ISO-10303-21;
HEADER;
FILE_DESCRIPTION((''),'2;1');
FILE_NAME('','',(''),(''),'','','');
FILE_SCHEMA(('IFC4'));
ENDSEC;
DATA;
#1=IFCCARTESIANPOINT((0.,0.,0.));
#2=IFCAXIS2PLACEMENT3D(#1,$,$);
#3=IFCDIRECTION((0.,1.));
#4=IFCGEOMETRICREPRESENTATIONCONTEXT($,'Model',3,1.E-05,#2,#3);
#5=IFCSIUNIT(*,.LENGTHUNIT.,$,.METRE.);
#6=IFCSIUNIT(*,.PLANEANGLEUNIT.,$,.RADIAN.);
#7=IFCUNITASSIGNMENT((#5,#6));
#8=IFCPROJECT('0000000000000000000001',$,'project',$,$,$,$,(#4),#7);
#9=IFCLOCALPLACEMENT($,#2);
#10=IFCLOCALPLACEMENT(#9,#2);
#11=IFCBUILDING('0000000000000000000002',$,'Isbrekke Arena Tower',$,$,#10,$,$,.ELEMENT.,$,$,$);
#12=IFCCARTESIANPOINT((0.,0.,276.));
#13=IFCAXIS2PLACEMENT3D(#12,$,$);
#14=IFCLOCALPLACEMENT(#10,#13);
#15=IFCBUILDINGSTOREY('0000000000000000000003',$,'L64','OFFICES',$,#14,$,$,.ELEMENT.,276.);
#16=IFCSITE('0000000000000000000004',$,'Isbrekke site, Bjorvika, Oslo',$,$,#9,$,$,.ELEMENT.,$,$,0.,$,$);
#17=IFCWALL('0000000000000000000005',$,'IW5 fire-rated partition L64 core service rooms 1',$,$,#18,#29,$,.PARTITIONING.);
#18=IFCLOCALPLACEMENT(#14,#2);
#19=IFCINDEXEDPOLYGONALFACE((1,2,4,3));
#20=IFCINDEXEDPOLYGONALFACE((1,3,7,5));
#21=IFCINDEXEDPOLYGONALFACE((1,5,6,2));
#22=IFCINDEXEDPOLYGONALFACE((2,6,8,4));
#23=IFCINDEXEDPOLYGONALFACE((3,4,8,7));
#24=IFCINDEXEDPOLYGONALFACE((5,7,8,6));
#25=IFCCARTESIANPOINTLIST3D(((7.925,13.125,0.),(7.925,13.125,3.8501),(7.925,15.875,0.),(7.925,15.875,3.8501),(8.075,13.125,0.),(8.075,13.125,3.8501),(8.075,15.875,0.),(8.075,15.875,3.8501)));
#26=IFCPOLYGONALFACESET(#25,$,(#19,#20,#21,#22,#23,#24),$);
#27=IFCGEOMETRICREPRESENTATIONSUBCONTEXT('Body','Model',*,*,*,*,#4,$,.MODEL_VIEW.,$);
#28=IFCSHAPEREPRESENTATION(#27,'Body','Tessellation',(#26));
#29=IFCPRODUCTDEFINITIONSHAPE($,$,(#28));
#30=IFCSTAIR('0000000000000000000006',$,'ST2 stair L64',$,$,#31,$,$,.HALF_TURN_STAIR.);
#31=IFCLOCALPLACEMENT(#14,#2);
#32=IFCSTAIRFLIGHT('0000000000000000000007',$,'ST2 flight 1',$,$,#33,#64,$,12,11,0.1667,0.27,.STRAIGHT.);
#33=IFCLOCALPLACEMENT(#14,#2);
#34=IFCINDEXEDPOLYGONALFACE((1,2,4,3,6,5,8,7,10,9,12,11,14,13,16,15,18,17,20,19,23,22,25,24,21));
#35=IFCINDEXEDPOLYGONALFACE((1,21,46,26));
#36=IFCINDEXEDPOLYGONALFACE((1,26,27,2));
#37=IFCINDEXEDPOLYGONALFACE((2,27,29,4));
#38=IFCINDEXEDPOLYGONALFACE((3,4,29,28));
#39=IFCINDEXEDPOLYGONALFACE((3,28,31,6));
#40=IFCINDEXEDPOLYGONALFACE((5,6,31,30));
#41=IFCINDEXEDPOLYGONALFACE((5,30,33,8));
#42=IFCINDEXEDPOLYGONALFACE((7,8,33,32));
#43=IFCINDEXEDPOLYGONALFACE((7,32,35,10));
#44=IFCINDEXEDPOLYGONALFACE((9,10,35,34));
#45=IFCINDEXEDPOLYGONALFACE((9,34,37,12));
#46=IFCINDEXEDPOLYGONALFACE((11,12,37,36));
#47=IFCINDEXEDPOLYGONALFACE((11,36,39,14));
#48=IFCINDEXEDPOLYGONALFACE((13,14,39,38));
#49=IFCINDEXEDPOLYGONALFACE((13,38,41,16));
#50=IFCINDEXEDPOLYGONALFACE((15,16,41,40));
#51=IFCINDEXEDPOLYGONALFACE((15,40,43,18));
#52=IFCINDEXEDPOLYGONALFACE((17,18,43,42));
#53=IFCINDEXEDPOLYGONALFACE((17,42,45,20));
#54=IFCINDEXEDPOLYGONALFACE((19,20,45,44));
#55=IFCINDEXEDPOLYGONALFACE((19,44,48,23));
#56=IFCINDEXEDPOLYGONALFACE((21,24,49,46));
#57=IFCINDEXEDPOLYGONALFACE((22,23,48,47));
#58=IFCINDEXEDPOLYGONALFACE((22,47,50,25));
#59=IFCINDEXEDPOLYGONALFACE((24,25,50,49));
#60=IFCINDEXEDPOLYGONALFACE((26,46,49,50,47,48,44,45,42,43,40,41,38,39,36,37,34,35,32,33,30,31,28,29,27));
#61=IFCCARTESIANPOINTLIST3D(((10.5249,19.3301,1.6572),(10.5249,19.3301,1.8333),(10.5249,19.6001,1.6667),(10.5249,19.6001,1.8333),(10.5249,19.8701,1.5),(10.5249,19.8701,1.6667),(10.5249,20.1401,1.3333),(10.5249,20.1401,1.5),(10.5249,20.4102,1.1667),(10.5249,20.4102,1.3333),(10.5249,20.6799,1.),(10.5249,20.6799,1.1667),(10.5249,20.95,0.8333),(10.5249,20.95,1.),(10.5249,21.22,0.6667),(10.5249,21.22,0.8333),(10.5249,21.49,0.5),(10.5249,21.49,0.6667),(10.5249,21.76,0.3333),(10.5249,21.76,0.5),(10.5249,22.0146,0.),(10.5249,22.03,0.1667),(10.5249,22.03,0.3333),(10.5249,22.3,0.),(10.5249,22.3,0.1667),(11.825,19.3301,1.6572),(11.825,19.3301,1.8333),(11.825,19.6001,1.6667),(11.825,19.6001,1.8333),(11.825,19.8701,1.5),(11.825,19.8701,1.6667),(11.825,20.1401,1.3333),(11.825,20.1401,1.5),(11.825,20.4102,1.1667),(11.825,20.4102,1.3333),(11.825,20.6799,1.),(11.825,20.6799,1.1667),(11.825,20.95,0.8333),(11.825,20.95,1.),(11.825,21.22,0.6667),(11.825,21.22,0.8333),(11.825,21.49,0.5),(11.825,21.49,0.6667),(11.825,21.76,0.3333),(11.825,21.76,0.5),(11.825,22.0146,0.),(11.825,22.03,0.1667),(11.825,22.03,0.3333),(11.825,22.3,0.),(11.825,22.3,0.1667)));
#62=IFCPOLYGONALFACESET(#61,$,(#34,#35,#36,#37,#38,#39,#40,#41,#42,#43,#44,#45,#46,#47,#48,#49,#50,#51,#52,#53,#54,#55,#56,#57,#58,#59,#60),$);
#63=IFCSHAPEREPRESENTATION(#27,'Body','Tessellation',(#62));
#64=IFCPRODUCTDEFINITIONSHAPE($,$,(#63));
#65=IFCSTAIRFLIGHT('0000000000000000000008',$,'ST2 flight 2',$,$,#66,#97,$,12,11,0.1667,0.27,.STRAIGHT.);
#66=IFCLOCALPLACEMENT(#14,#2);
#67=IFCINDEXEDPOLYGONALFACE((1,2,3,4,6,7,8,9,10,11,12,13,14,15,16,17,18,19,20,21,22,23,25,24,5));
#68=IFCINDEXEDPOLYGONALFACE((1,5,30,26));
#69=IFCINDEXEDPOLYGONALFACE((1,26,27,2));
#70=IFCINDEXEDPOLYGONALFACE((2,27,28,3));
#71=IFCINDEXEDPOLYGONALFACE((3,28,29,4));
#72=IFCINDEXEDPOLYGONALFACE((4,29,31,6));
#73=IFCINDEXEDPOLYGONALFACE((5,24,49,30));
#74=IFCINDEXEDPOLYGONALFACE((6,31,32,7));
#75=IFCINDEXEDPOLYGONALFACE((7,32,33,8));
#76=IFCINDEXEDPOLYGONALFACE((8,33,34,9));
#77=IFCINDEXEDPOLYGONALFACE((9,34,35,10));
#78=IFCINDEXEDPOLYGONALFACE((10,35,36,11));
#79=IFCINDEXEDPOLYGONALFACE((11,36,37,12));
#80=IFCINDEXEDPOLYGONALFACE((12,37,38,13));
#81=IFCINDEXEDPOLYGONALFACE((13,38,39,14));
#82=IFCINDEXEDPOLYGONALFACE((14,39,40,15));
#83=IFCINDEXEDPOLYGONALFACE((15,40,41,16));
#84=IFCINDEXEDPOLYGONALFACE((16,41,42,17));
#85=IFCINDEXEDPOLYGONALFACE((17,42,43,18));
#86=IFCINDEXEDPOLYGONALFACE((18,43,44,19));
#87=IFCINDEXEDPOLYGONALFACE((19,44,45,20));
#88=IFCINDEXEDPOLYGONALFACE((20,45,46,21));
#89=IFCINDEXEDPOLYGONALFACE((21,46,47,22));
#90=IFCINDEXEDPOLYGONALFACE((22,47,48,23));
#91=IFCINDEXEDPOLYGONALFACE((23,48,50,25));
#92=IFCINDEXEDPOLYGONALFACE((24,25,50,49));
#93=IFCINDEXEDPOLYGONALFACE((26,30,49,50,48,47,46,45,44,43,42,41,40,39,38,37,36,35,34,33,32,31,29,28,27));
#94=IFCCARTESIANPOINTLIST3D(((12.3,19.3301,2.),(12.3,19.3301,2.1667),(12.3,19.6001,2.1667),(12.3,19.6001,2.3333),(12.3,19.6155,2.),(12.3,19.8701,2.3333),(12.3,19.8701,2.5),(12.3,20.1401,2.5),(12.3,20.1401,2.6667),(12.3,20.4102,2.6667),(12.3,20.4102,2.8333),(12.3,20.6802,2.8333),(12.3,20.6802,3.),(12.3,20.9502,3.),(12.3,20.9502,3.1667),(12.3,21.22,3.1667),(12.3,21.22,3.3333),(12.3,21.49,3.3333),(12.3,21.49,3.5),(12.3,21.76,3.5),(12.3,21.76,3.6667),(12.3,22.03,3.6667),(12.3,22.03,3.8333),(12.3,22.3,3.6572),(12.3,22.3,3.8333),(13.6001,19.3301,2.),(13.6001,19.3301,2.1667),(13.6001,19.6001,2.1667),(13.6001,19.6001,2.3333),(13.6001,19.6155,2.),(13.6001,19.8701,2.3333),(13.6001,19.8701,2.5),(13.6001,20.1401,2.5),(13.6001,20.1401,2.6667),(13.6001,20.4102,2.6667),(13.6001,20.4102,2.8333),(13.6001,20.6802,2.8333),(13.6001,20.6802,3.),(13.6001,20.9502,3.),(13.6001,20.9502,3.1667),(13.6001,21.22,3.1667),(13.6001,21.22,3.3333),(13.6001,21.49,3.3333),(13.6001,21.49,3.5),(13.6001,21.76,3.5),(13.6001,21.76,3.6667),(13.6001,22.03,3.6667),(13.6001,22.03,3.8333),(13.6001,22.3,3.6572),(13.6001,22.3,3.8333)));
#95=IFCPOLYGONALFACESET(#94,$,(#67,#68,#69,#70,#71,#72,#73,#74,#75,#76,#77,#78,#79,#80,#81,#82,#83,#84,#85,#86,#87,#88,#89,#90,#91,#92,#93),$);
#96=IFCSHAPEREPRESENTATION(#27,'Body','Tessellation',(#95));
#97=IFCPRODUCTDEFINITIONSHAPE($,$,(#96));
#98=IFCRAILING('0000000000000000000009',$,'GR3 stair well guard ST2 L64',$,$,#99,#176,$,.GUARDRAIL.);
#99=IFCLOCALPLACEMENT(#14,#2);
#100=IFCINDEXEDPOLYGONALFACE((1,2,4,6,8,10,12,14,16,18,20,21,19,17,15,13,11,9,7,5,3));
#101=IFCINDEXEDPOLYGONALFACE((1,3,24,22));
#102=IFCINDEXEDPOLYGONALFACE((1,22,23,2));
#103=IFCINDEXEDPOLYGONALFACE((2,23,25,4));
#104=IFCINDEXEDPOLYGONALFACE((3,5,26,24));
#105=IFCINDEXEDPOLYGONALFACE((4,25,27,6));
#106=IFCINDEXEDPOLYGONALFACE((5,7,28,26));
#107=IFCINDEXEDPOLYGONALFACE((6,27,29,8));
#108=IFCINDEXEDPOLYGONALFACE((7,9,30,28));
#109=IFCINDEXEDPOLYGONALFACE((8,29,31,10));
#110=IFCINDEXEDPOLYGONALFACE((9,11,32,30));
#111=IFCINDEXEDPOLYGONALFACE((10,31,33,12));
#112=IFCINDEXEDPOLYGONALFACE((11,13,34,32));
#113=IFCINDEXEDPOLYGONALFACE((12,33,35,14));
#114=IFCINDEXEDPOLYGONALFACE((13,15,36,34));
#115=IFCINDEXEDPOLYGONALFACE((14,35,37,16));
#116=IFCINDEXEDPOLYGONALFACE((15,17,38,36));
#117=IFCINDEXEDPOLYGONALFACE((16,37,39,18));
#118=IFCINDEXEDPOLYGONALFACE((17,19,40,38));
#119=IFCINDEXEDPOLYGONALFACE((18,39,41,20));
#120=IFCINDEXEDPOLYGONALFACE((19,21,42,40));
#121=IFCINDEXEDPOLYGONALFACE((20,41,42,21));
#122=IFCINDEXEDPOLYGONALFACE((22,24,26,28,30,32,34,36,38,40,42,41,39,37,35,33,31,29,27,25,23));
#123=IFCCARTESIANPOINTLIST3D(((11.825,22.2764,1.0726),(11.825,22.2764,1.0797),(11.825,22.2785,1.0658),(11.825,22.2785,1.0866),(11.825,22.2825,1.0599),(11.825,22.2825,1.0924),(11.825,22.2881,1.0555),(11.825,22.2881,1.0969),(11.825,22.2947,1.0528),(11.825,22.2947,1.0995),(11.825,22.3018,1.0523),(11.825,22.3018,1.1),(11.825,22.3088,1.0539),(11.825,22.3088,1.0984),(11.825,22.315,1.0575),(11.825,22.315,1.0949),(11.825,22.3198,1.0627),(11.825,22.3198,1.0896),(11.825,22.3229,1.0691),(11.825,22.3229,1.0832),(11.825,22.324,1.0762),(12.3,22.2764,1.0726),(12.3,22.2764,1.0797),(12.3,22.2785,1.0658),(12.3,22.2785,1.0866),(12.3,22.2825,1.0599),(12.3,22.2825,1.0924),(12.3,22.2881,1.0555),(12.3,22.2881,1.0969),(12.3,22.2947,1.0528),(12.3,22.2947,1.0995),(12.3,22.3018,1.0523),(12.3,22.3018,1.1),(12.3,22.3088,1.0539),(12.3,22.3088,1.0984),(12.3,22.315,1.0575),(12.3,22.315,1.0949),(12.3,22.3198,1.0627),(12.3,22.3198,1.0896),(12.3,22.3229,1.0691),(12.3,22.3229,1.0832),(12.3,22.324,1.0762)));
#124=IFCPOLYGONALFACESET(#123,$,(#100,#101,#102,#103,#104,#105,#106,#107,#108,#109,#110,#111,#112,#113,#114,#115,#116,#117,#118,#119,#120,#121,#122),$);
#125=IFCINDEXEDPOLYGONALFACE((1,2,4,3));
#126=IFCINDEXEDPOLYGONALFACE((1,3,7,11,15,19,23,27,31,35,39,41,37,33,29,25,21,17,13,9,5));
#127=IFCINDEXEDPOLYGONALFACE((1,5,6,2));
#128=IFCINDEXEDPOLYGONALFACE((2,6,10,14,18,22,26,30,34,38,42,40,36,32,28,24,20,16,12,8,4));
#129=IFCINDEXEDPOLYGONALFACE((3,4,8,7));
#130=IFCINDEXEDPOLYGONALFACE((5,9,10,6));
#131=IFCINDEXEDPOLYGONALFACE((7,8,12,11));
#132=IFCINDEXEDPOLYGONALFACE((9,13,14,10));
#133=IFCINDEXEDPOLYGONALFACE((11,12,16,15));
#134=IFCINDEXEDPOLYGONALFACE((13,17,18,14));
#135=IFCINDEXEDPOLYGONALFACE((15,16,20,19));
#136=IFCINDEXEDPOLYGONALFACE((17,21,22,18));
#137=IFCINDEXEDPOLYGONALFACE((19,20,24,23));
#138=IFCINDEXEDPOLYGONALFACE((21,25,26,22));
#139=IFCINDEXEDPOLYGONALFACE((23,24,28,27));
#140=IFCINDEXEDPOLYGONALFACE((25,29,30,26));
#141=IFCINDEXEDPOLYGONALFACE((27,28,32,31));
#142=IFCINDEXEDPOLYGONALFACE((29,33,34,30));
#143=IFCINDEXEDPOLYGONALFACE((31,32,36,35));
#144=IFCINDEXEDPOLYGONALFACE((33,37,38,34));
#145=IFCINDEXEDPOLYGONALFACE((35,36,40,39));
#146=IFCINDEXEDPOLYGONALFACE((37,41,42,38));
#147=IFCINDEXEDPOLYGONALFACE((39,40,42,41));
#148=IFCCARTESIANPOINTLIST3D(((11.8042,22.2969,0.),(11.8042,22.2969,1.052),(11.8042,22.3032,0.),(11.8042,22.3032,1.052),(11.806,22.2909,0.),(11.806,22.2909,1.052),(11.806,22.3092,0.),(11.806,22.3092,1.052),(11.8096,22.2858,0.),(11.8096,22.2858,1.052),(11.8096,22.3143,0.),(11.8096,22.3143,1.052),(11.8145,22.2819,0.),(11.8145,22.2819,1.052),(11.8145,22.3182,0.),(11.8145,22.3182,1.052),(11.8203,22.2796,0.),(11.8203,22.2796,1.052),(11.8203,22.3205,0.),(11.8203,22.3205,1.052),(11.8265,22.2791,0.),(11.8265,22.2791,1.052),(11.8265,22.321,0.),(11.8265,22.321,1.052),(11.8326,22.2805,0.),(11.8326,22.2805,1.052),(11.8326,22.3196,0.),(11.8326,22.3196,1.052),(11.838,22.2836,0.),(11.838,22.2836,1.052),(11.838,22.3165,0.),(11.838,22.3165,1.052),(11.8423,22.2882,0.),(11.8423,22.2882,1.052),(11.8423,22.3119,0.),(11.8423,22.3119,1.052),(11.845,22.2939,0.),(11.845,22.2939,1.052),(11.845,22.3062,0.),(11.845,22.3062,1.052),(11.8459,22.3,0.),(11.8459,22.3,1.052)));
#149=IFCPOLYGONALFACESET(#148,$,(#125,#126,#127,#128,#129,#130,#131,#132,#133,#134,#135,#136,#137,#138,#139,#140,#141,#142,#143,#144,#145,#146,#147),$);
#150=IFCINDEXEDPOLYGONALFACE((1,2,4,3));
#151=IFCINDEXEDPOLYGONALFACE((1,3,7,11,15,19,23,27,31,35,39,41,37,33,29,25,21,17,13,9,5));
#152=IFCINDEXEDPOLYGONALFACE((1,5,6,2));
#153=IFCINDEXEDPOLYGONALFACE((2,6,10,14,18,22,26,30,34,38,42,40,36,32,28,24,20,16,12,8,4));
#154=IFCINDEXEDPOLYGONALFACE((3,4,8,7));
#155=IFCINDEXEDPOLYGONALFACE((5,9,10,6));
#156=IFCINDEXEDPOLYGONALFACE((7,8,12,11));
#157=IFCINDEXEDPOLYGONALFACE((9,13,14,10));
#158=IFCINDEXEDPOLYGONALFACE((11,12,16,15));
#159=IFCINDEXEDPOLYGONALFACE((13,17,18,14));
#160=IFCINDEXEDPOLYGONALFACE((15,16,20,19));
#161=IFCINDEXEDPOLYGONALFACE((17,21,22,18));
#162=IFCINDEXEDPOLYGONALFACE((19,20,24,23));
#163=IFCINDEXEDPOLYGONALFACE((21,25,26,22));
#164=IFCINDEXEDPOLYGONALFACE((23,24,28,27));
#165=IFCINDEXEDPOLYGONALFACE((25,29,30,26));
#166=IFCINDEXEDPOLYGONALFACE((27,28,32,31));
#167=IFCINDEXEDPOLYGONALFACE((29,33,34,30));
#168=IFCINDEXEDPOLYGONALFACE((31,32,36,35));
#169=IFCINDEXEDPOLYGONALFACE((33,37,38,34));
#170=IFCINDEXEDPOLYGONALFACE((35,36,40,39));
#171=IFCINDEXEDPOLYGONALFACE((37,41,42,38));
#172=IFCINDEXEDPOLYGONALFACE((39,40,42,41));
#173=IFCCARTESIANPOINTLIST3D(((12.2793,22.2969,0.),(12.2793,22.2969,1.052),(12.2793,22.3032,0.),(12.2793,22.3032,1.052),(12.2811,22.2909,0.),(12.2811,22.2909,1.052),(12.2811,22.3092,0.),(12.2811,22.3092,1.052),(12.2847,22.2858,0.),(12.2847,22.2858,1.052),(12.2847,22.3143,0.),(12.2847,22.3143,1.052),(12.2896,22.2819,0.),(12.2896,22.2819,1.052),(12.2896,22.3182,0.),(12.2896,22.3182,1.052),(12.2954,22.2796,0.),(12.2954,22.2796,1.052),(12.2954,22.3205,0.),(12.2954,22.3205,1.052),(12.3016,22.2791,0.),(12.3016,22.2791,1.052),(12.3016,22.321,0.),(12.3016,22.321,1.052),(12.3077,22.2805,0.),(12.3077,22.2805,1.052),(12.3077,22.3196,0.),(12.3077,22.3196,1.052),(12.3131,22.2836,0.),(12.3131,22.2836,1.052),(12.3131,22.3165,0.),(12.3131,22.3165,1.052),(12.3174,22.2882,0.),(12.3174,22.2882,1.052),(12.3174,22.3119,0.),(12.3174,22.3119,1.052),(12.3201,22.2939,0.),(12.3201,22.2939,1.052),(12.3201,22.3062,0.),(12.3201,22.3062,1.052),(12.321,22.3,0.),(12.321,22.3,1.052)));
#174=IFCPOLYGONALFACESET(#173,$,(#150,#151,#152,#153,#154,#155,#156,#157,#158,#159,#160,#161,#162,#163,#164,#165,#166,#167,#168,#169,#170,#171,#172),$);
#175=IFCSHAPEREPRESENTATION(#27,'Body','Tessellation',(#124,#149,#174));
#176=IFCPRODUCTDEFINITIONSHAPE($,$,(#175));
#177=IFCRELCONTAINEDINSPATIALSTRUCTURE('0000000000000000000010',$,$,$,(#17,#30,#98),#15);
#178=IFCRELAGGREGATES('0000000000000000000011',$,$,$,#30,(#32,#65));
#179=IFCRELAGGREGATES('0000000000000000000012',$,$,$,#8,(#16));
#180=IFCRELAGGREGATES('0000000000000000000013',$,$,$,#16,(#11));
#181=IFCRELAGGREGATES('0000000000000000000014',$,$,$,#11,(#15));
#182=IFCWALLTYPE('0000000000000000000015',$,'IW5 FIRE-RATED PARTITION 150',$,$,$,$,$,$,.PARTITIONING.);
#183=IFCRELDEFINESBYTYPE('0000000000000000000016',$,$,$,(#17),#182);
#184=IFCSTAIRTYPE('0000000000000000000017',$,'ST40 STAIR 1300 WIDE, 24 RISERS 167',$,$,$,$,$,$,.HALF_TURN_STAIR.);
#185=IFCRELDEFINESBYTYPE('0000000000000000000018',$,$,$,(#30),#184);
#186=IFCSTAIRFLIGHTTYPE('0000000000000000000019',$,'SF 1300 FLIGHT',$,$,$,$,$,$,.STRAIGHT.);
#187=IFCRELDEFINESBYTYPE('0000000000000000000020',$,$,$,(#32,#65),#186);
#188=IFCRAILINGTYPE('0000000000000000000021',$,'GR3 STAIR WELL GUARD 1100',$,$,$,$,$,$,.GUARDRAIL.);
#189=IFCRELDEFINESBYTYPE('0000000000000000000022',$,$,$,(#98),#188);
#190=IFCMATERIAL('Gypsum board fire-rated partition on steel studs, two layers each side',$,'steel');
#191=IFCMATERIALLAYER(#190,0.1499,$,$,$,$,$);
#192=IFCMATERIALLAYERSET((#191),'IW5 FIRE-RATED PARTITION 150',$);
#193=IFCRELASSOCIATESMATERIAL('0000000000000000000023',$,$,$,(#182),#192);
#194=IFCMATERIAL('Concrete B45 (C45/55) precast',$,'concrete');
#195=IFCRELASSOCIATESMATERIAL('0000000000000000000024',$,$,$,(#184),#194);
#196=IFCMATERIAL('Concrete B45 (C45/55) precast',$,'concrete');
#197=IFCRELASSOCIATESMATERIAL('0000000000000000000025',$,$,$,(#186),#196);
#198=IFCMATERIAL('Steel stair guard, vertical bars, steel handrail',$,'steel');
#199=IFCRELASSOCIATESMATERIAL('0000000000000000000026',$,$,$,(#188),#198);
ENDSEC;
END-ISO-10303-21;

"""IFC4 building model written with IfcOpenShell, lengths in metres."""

from ifc_helpers import new_model, si_unit, direction, frame, frame_2d, origin, origin_2d, place, context, subcontext, project, spatial, polyline, rectangle, circle, outline, extrude, material, layer, layer_set, type_object, element, aggregate, save


model = new_model("IFC4")

# Units and contexts
model_context = context("Model", 3, precision=1e-05, world=origin(), true_north=direction((0.0, 1.0)))
body_context = subcontext(model_context, "Body", "Model", "MODEL_VIEW")
ifc_project = project(units=[si_unit("LENGTHUNIT", "METRE"), si_unit("PLANEANGLEUNIT", "RADIAN")], contexts=[model_context])

# Site, building, storey
site_placement = place(None, origin())
site = spatial("IfcSite", under=ifc_project, at=site_placement, Name="Isbrekke site, Bjorvika, Oslo", CompositionType="ELEMENT", RefElevation=0.0)
building_placement = place(site_placement, origin())
building = spatial("IfcBuilding", under=site, at=building_placement, Name="Isbrekke Arena Tower", CompositionType="ELEMENT")
storey_placement = place(building_placement, frame((0.0, 0.0, 276.0)))
storey = spatial("IfcBuildingStorey", under=building, at=storey_placement, Name="L64", Description="OFFICES", CompositionType="ELEMENT", Elevation=276.0)

# Shared definitions
ifc_material_1 = material(Name="Gypsum board fire-rated partition on steel studs, two layers each side", Category="steel")
ifc_layer_1 = layer(ifc_material_1, 0.1499)
ifc_layer_set_1 = layer_set([ifc_layer_1], Name="IW5 FIRE-RATED PARTITION 150")
wall_type_1 = type_object("IfcWallType", Name="IW5 FIRE-RATED PARTITION 150", PredefinedType="PARTITIONING", material=ifc_layer_set_1)

# Wall
wall_1_placement = place(storey_placement, frame((8.0, 13.125, 0.0), z_axis=(0.0, 0.0, 1.0), x_axis=(0.0, 1.0, 0.0)))
element("IfcWall", 1, at=wall_1_placement, inside=storey, type_object=wall_type_1, Name="IW5 fire-rated partition L64 core service rooms 1", PredefinedType="PARTITIONING", context=body_context, shape_type="SweptSolid", body=[
    extrude(rectangle(XDim=2.75, YDim=0.1499, at=frame_2d((1.375, 0.0))), origin(), (0.0, 0.0, 1.0), 3.8501),
])

# Stair, stair flights
ifc_material_2 = material(Name="Concrete B45 (C45/55) precast", Category="concrete")
stair_type = type_object("IfcStairType", Name="ST40 STAIR 1300 WIDE, 24 RISERS 167", PredefinedType="HALF_TURN_STAIR", material=ifc_material_2)
stair_placement = place(storey_placement, origin())
stair = element("IfcStair", 2, at=stair_placement, inside=storey, type_object=stair_type, Name="ST2 stair L64", PredefinedType="HALF_TURN_STAIR")
ifc_material_3 = material(Name="Concrete B45 (C45/55) precast", Category="concrete")
stair_flight_type = type_object("IfcStairFlightType", Name="SF 1300 FLIGHT", PredefinedType="STRAIGHT", material=ifc_material_3)
stair_flight_1_placement = place(storey_placement, frame((11.175, 22.3, 0.0), z_axis=(0.0, 0.0, 1.0), x_axis=(0.0, -1.0, 0.0)))
stair_flight_1 = element("IfcStairFlight", 3, at=stair_flight_1_placement, type_object=stair_flight_type, Name="ST2 flight 1", NumberOfRisers=12, NumberOfTreads=11, PredefinedType="STRAIGHT", RiserHeight=0.1667, TreadLength=0.27, context=body_context, shape_type="SweptSolid", body=[
    extrude(outline(polyline([(0.0, 0.0), (0.0, 0.1667), (0.27, 0.1667), (0.27, 0.3333), (0.54, 0.3333), (0.54, 0.5), (0.8101, 0.5), (0.8101, 0.6667), (1.0801, 0.6667), (1.0801, 0.8333), (1.3501, 0.8333), (1.3501, 1.0), (1.6201, 1.0), (1.6201, 1.1667), (1.8899, 1.1667), (1.8899, 1.3333), (2.1599, 1.3333), (2.1599, 1.5), (2.4299, 1.5), (2.4299, 1.6667), (2.7, 1.6667), (2.7, 1.8333), (2.97, 1.8333), (2.97, 2.0), (2.97, 1.6572), (0.2854, 0.0), (0.0, 0.0)])), frame((0.0, 0.6499, 0.0), z_axis=(0.0, -1.0, 0.0), x_axis=(1.0, 0.0, 0.0)), (0.0, 0.0, 1.0), 1.3),
])
stair_flight_2_placement = place(storey_placement, frame((12.95, 19.3301, 2.0), z_axis=(0.0, 0.0, 1.0), x_axis=(0.0, 1.0, 0.0)))
stair_flight_2 = element("IfcStairFlight", 4, at=stair_flight_2_placement, type_object=stair_flight_type, Name="ST2 flight 2", NumberOfRisers=12, NumberOfTreads=11, PredefinedType="STRAIGHT", RiserHeight=0.1667, TreadLength=0.27, context=body_context, shape_type="SweptSolid", body=[
    extrude(outline(polyline([(0.0, 0.0), (0.0, 0.1667), (0.27, 0.1667), (0.27, 0.3333), (0.54, 0.3333), (0.54, 0.5), (0.8101, 0.5), (0.8101, 0.6667), (1.0801, 0.6667), (1.0801, 0.8333), (1.3501, 0.8333), (1.3501, 1.0), (1.6201, 1.0), (1.6201, 1.1667), (1.8899, 1.1667), (1.8899, 1.3333), (2.1599, 1.3333), (2.1599, 1.5), (2.4299, 1.5), (2.4299, 1.6667), (2.7, 1.6667), (2.7, 1.8333), (2.97, 1.8333), (2.97, 2.0), (2.97, 1.6572), (0.2854, 0.0), (0.0, 0.0)])), frame((0.0, 0.6499, 0.0), z_axis=(0.0, -1.0, 0.0), x_axis=(1.0, 0.0, 0.0)), (0.0, 0.0, 1.0), 1.3),
])
aggregate(stair, [stair_flight_1, stair_flight_2])

# Railing
ifc_material_4 = material(Name="Steel stair guard, vertical bars, steel handrail", Category="steel")
railing_type = type_object("IfcRailingType", Name="GR3 STAIR WELL GUARD 1100", PredefinedType="GUARDRAIL", material=ifc_material_4)
for number, where, name in (
    (5, (11.825, 22.3, 0.0), "GR3 stair well guard ST2 L64"),
):
    element("IfcRailing", number, at=place(storey_placement, frame(where)), inside=storey, type_object=railing_type, Name=name, PredefinedType="GUARDRAIL", context=body_context, shape_type="SweptSolid", body=[
        extrude(circle(Radius=0.0239, at=origin_2d()), frame((0.0, 0.0, 1.0762), z_axis=(1.0, 0.0, 0.0), x_axis=(0.0, 1.0, 0.0)), (0.0, 0.0, 1.0), 0.4751),
        extrude(circle(Radius=0.021, at=origin_2d()), origin(), (0.0, 0.0, 1.0), 1.052),
        extrude(circle(Radius=0.021, at=origin_2d()), frame((0.4751, 0.0, 0.0)), (0.0, 0.0, 1.0), 1.052),
    ])

save(model, "model.ifc")
